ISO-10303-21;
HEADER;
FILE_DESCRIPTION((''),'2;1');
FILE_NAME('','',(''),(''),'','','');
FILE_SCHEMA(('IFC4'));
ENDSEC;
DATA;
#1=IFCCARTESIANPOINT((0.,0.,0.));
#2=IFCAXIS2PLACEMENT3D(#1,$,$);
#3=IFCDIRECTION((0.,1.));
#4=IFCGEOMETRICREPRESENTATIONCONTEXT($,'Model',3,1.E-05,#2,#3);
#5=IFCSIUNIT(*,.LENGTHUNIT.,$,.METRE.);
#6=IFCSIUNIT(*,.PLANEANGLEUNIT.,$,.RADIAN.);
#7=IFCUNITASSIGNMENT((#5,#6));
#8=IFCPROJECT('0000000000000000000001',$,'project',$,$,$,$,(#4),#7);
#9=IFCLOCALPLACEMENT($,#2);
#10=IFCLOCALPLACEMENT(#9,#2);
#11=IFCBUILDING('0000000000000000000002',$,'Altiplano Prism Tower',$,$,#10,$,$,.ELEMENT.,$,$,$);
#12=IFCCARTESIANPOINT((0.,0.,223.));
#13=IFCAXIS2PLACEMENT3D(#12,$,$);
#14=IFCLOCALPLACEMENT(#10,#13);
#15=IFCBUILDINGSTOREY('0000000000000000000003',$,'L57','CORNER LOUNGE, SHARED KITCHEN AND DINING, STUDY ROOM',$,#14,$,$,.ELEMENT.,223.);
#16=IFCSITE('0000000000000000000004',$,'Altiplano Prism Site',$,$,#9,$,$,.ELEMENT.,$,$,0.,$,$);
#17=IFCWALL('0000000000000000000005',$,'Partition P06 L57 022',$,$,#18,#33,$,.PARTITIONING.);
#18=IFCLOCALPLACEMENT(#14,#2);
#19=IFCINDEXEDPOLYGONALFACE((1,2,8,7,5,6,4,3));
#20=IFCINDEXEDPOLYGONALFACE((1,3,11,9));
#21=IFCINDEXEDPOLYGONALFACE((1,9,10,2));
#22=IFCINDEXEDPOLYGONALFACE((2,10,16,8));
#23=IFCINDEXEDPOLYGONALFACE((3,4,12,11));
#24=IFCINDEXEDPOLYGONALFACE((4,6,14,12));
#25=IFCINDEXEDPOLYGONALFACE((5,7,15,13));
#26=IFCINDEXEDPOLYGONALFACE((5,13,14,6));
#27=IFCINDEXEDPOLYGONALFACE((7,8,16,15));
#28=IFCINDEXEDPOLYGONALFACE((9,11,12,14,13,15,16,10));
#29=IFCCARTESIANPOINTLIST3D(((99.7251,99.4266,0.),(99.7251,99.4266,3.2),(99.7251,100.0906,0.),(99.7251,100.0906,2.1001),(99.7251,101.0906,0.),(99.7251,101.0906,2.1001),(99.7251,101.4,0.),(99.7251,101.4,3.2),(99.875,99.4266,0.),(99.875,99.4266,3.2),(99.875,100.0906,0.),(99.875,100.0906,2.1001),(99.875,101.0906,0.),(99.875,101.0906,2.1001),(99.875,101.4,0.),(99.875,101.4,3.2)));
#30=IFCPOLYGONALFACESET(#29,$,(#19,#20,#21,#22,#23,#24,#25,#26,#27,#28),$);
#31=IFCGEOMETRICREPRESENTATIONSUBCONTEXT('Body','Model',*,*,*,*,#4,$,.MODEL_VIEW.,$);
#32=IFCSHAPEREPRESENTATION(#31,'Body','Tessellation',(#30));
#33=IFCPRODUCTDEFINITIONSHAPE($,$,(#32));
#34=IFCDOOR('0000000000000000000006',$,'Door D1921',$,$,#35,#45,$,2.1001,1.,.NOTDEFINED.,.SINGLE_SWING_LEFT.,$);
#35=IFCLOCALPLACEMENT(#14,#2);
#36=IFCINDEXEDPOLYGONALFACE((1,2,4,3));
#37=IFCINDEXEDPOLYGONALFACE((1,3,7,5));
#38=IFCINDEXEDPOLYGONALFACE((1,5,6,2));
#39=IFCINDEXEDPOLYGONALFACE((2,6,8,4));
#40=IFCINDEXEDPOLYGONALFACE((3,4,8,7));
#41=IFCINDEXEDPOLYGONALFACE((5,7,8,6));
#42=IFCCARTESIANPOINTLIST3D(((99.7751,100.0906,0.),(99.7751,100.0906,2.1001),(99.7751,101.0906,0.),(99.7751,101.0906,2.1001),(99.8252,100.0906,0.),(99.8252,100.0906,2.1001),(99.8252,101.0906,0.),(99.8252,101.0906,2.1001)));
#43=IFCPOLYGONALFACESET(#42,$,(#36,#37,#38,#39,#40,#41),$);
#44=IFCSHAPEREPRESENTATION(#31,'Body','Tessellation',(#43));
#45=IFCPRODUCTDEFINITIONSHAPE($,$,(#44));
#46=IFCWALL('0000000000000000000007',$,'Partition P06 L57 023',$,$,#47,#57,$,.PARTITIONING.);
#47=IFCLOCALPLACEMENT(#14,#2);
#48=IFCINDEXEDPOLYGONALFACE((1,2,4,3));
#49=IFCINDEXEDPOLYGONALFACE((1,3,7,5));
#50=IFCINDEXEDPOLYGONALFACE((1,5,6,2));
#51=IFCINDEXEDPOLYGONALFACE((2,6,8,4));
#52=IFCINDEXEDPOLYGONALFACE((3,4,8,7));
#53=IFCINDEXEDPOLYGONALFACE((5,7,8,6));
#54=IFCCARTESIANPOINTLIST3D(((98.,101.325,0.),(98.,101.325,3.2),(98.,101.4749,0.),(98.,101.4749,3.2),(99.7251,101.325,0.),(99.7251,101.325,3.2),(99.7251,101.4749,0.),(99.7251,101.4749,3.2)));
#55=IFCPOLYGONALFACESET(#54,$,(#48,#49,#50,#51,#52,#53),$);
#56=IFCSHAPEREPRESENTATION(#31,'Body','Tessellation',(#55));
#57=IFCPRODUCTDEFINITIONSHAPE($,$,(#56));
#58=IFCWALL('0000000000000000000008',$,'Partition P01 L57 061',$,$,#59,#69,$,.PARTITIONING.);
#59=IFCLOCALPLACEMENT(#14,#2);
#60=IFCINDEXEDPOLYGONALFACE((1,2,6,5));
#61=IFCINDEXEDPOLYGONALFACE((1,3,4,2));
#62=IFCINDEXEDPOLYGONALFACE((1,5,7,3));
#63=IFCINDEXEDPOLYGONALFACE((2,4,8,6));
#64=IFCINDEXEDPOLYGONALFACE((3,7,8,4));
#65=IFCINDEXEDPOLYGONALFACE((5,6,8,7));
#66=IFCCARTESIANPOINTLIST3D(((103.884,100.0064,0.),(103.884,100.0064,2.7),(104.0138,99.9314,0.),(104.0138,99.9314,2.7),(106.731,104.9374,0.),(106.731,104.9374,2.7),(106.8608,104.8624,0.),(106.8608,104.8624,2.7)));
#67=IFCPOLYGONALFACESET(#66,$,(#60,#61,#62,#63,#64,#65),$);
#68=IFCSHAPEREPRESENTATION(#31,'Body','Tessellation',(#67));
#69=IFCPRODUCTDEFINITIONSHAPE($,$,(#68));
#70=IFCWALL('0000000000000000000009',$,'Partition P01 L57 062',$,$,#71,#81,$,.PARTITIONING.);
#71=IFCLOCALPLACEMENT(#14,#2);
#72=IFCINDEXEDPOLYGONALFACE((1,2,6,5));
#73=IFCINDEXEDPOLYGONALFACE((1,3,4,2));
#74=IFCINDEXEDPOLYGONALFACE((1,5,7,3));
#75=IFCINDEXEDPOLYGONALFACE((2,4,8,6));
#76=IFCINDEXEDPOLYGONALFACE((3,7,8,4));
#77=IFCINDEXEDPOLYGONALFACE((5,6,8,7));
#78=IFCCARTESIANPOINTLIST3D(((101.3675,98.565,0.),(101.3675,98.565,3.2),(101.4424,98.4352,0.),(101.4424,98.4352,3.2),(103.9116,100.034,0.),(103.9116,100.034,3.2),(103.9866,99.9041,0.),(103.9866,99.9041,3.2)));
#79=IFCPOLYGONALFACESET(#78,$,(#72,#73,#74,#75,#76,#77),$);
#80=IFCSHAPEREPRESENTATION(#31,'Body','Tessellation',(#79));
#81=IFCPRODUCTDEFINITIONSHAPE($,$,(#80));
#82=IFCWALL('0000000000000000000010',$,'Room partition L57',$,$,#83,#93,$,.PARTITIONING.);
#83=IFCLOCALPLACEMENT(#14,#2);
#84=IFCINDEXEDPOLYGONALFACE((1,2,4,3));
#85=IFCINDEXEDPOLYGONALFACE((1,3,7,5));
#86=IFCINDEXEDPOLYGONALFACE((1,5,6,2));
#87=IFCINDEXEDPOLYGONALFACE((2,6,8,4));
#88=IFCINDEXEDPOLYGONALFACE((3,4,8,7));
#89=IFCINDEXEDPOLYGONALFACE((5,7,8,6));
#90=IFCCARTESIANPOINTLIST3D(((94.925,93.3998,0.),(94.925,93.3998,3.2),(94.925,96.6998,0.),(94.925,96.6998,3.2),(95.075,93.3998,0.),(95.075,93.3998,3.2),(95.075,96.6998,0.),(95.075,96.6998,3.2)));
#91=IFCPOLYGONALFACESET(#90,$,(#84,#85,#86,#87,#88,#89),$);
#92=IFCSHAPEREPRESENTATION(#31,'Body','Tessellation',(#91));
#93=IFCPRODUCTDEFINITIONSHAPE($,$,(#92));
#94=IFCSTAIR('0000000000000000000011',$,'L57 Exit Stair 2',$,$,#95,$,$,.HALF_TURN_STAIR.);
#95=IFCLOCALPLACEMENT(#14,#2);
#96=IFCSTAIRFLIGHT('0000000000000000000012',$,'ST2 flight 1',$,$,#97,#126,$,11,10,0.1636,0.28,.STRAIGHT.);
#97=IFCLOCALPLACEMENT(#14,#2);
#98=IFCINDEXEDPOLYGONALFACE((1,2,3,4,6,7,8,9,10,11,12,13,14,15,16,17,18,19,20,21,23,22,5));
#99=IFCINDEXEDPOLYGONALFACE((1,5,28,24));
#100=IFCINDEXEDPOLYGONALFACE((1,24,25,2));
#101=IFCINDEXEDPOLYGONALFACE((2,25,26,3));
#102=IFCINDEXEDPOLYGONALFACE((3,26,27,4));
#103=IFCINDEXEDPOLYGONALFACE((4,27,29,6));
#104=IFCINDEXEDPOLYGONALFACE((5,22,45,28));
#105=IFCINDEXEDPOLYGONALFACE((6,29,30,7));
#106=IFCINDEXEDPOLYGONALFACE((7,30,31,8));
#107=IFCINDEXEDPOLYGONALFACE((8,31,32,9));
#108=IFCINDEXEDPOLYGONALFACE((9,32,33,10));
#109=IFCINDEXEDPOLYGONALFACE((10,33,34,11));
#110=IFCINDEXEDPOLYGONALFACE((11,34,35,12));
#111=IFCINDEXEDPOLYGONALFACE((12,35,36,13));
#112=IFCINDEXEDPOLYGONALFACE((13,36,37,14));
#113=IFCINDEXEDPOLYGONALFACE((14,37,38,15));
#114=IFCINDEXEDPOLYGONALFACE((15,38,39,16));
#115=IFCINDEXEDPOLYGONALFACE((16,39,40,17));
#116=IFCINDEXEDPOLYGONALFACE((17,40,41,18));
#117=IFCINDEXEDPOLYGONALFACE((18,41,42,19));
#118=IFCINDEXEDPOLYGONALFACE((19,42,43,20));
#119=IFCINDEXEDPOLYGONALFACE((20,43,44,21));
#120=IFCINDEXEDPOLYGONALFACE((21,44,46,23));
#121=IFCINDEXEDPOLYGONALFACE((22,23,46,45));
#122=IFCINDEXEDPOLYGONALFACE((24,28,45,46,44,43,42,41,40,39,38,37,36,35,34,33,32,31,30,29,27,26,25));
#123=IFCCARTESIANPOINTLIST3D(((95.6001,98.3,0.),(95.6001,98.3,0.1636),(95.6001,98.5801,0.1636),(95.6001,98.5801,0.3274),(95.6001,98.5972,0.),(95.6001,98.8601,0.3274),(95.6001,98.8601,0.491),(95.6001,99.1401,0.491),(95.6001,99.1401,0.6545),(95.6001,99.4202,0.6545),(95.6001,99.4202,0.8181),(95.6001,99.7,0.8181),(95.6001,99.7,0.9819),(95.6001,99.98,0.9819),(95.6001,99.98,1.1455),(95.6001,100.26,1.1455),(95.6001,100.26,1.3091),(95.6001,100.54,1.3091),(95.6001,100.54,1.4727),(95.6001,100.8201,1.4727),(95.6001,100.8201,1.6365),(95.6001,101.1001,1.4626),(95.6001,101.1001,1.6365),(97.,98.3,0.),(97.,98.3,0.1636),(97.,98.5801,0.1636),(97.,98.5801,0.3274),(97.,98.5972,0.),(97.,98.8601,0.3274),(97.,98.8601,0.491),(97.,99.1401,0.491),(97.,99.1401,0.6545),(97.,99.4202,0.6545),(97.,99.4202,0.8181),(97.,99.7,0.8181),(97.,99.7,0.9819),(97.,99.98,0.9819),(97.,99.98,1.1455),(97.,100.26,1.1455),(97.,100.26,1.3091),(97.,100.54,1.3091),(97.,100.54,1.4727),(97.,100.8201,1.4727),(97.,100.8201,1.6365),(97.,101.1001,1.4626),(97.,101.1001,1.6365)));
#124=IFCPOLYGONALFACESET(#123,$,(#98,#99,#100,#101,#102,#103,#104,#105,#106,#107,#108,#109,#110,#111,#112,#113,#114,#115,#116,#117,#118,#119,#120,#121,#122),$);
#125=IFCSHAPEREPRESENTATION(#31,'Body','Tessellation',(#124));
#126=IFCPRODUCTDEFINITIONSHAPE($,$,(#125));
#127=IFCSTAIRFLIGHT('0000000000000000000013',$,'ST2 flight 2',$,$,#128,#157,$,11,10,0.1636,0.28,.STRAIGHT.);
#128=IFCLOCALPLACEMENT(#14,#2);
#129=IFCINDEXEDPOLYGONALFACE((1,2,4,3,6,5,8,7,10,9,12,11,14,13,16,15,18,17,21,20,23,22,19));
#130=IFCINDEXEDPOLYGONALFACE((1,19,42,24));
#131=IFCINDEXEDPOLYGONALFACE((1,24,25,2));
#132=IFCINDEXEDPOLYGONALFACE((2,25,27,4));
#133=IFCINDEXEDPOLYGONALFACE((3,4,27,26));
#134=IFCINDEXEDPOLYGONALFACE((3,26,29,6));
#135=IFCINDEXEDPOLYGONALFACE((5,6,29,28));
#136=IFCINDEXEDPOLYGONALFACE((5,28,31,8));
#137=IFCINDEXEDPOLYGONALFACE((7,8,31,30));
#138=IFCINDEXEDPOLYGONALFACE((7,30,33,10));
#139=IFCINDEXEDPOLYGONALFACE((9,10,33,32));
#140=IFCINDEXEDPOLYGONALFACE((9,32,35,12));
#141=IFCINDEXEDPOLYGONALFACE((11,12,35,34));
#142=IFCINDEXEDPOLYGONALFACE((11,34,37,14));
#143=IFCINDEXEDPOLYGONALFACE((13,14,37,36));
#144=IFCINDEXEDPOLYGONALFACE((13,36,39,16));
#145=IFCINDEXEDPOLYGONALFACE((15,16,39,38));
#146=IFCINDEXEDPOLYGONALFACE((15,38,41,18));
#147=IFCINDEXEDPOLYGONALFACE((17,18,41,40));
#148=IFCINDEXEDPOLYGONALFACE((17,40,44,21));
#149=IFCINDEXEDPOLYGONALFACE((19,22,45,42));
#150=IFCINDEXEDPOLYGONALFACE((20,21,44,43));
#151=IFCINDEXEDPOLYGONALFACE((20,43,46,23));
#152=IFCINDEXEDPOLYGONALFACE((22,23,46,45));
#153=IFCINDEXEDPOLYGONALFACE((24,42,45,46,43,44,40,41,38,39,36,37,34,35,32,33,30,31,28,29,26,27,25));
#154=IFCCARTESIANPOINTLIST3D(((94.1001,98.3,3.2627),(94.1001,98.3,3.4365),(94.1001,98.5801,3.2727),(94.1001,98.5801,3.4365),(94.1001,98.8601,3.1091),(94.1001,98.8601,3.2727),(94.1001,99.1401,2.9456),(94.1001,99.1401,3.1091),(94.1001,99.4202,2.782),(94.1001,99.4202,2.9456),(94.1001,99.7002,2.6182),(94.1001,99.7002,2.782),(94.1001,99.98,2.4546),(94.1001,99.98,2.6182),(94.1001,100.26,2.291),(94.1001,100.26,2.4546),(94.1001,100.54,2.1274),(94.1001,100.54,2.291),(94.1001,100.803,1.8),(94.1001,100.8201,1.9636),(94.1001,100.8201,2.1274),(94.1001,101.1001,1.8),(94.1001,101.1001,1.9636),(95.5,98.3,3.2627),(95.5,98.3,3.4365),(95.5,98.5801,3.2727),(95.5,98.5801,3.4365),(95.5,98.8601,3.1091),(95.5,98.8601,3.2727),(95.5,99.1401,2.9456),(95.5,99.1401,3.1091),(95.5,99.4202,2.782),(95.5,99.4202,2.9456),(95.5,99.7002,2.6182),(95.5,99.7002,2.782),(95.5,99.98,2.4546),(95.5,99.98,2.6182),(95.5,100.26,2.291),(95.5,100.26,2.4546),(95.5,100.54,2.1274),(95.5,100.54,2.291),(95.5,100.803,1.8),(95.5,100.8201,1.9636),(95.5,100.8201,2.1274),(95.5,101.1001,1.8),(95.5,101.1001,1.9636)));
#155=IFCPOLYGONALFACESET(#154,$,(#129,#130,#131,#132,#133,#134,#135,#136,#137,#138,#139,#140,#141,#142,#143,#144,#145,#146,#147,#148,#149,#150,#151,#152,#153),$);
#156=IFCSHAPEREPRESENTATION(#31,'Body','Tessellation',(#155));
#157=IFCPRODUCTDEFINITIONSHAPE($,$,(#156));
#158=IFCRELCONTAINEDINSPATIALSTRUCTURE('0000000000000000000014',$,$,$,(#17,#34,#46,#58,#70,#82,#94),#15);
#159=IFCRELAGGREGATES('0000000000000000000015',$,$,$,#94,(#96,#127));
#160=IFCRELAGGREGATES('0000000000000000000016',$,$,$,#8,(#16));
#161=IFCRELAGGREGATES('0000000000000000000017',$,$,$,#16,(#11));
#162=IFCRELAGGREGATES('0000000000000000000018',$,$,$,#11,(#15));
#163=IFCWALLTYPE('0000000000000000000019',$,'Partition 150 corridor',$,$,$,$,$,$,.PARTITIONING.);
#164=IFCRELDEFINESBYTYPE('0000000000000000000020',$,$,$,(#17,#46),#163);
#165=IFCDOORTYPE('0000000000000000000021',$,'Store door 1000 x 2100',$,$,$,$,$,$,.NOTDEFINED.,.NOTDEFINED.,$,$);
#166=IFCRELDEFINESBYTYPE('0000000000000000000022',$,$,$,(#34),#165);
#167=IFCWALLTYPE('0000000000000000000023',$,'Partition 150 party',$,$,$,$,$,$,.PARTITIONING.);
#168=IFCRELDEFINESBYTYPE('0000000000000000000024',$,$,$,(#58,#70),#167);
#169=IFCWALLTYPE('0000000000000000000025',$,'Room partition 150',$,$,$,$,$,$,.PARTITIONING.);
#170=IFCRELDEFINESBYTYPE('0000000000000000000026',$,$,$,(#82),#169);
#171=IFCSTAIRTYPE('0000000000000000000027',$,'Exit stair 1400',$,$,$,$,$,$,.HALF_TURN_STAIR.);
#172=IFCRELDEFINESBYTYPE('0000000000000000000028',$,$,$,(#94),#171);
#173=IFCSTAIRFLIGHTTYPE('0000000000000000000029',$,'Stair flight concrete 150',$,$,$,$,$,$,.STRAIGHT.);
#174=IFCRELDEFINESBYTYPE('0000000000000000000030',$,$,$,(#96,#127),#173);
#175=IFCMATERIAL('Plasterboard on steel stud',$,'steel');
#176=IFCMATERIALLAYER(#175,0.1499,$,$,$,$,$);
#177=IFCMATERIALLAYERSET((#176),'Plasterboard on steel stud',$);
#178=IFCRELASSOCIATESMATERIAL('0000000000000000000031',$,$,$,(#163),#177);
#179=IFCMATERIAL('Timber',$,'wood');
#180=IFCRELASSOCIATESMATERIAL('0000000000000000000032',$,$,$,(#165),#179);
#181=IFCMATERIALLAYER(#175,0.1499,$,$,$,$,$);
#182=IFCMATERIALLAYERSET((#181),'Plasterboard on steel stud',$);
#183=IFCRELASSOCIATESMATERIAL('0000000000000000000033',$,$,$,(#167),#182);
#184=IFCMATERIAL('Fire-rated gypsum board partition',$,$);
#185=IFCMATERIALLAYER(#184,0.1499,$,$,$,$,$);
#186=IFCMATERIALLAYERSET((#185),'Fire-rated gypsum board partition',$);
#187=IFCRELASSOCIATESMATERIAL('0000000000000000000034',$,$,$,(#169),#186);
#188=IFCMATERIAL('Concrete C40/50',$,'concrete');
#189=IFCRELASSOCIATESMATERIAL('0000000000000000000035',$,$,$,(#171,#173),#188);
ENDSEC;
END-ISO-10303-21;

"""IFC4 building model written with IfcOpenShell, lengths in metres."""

from ifc_helpers import new_model, si_unit, direction, frame, frame_2d, origin, place, context, subcontext, project, spatial, polyline, rectangle, outline, extrude, material, layer, layer_set, type_object, element, fill, aggregate, save


model = new_model("IFC4")

# Units and contexts
model_context = context("Model", 3, precision=1e-05, world=origin(), true_north=direction((0.0, 1.0)))
body_context = subcontext(model_context, "Body", "Model", "MODEL_VIEW")
ifc_project = project(units=[si_unit("LENGTHUNIT", "METRE"), si_unit("PLANEANGLEUNIT", "RADIAN")], contexts=[model_context])

# Site, building, storey
site_placement = place(None, origin())
site = spatial("IfcSite", under=ifc_project, at=site_placement, Name="Altiplano Prism Site", CompositionType="ELEMENT", RefElevation=0.0)
building_placement = place(site_placement, origin())
building = spatial("IfcBuilding", under=site, at=building_placement, Name="Altiplano Prism Tower", CompositionType="ELEMENT")
storey_placement = place(building_placement, frame((0.0, 0.0, 223.0)))
storey = spatial("IfcBuildingStorey", under=building, at=storey_placement, Name="L57", Description="CORNER LOUNGE, SHARED KITCHEN AND DINING, STUDY ROOM", CompositionType="ELEMENT", Elevation=223.0)

# Shared definitions
ifc_material_1 = material(Name="Plasterboard on steel stud", Category="steel")
ifc_layer_1 = layer(ifc_material_1, 0.1499)
ifc_layer_set_1 = layer_set([ifc_layer_1], Name="Plasterboard on steel stud")
wall_type_1 = type_object("IfcWallType", Name="Partition 150 corridor", PredefinedType="PARTITIONING", material=ifc_layer_set_1)

# Shared definitions
ifc_material_2 = material(Name="Timber", Category="wood")

# Wall, opening, door
wall_1_placement = place(storey_placement, frame((99.8, 99.4265, 0.0), z_axis=(0.0, 0.0, 1.0), x_axis=(0.0, 1.0, 0.0)))
wall_1 = element("IfcWall", 1, at=wall_1_placement, inside=storey, type_object=wall_type_1, Name="Partition P06 L57 022", PredefinedType="PARTITIONING", context=body_context, shape_type="SweptSolid", body=[
    extrude(rectangle(XDim=1.9734, YDim=0.1499, at=frame_2d((0.9868, 0.0))), origin(), (0.0, 0.0, 1.0), 3.2),
])
opening_1_placement = place(wall_1_placement, frame((0.6641, 0.0, 0.0)))
opening_1 = element("IfcOpeningElement", 2, at=opening_1_placement, cuts=wall_1, PredefinedType="OPENING", context=body_context, shape_type="SweptSolid", body=[
    extrude(rectangle(XDim=1.0, YDim=2.1001, at=frame_2d((0.5, 1.05))), frame((0.0, 0.0854, 0.0), z_axis=(0.0, -1.0, 0.0), x_axis=(1.0, 0.0, 0.0)), (0.0, 0.0, 1.0), 0.1709),
])
door_type_1 = type_object("IfcDoorType", Name="Store door 1000 x 2100", OperationType="NOTDEFINED", PredefinedType="NOTDEFINED", material=ifc_material_2)
door_1_placement = place(opening_1_placement, origin())
door_1 = element("IfcDoor", 3, at=door_1_placement, inside=storey, type_object=door_type_1, Name="Door D1921", OperationType="SINGLE_SWING_LEFT", OverallHeight=2.1001, OverallWidth=1.0, PredefinedType="NOTDEFINED", context=body_context, shape_type="SweptSolid", body=[
    extrude(rectangle(XDim=1.0, YDim=2.1001, at=frame_2d((0.5, 1.05))), frame((0.0, 0.0249, 0.0), z_axis=(0.0, -1.0, 0.0), x_axis=(1.0, 0.0, 0.0)), (0.0, 0.0, 1.0), 0.05),
])
fill(opening_1, door_1)

# Walls
wall_2_placement = place(storey_placement, frame((99.7251, 101.3999, 0.0), z_axis=(0.0, 0.0, 1.0), x_axis=(-1.0, 0.0, 0.0)))
element("IfcWall", 4, at=wall_2_placement, inside=storey, type_object=wall_type_1, Name="Partition P06 L57 023", PredefinedType="PARTITIONING", context=body_context, shape_type="SweptSolid", body=[
    extrude(rectangle(XDim=1.7251, YDim=0.1499, at=frame_2d((0.8625, 0.0))), origin(), (0.0, 0.0, 1.0), 3.2),
])
ifc_layer_2 = layer(ifc_material_1, 0.1499)
ifc_layer_set_2 = layer_set([ifc_layer_2], Name="Plasterboard on steel stud")
wall_type_2 = type_object("IfcWallType", Name="Partition 150 party", PredefinedType="PARTITIONING", material=ifc_layer_set_2)
wall_3_placement = place(storey_placement, frame((106.7959, 104.8999, 0.0), z_axis=(0.0, 0.0, 1.0), x_axis=(-0.500008, -0.866021, 0.0)))
element("IfcWall", 5, at=wall_3_placement, inside=storey, type_object=wall_type_2, Name="Partition P01 L57 061", PredefinedType="PARTITIONING", context=body_context, shape_type="SweptSolid", body=[
    extrude(rectangle(XDim=5.6938, YDim=0.1499, at=frame_2d((2.8469, 0.0))), origin(), (0.0, 0.0, 1.0), 2.7),
])
wall_4_placement = place(storey_placement, frame((103.949, 99.969, 0.0), z_axis=(0.0, 0.0, 1.0), x_axis=(-0.86601, -0.500027, 0.0)))
element("IfcWall", 6, at=wall_4_placement, inside=storey, type_object=wall_type_2, Name="Partition P01 L57 062", PredefinedType="PARTITIONING", context=body_context, shape_type="SweptSolid", body=[
    extrude(rectangle(XDim=2.9377, YDim=0.1499, at=frame_2d((1.4688, 0.0))), origin(), (0.0, 0.0, 1.0), 3.2),
])
ifc_material_3 = material(Name="Fire-rated gypsum board partition")
ifc_layer_3 = layer(ifc_material_3, 0.1499)
ifc_layer_set_3 = layer_set([ifc_layer_3], Name="Fire-rated gypsum board partition")
wall_type_3 = type_object("IfcWallType", Name="Room partition 150", PredefinedType="PARTITIONING", material=ifc_layer_set_3)
wall_5_placement = place(storey_placement, frame((95.0, 93.3999, 0.0), z_axis=(0.0, 0.0, 1.0), x_axis=(0.0, 1.0, 0.0)))
element("IfcWall", 7, at=wall_5_placement, inside=storey, type_object=wall_type_3, Name="Room partition L57", PredefinedType="PARTITIONING", context=body_context, shape_type="SweptSolid", body=[
    extrude(rectangle(XDim=3.3, YDim=0.1499, at=frame_2d((1.6499, 0.0))), origin(), (0.0, 0.0, 1.0), 3.2),
])

# Stair, stair flights
ifc_material_4 = material(Name="Concrete C40/50", Category="concrete")
stair_type = type_object("IfcStairType", Name="Exit stair 1400", PredefinedType="HALF_TURN_STAIR", material=ifc_material_4)
stair_placement = place(storey_placement, origin())
stair = element("IfcStair", 8, at=stair_placement, inside=storey, type_object=stair_type, Name="L57 Exit Stair 2", PredefinedType="HALF_TURN_STAIR")
stair_flight_type = type_object("IfcStairFlightType", Name="Stair flight concrete 150", PredefinedType="STRAIGHT", material=ifc_material_4)
stair_flight_1_placement = place(storey_placement, frame((96.3, 98.3, 0.0), z_axis=(0.0, 0.0, 1.0), x_axis=(0.0, 1.0, 0.0)))
stair_flight_1 = element("IfcStairFlight", 9, at=stair_flight_1_placement, type_object=stair_flight_type, Name="ST2 flight 1", NumberOfRisers=11, NumberOfTreads=10, PredefinedType="STRAIGHT", RiserHeight=0.1636, TreadLength=0.28, context=body_context, shape_type="SweptSolid", body=[
    extrude(outline(polyline([(0.0, 0.0), (0.0, 0.1636), (0.28, 0.1636), (0.28, 0.3274), (0.5601, 0.3274), (0.5601, 0.491), (0.8401, 0.491), (0.8401, 0.6545), (1.1201, 0.6545), (1.1201, 0.8181), (1.3999, 0.8181), (1.3999, 0.9819), (1.6799, 0.9819), (1.6799, 1.1455), (1.96, 1.1455), (1.96, 1.3091), (2.24, 1.3091), (2.24, 1.4727), (2.52, 1.4727), (2.52, 1.6365), (2.8, 1.6365), (2.8, 1.8), (2.8, 1.4626), (0.2971, 0.0), (0.0, 0.0)])), frame((0.0, 0.7, 0.0), z_axis=(0.0, -1.0, 0.0), x_axis=(1.0, 0.0, 0.0)), (0.0, 0.0, 1.0), 1.3999),
])
stair_flight_2_placement = place(storey_placement, frame((94.8, 101.1001, 1.8), z_axis=(0.0, 0.0, 1.0), x_axis=(0.0, -1.0, 0.0)))
stair_flight_2 = element("IfcStairFlight", 10, at=stair_flight_2_placement, type_object=stair_flight_type, Name="ST2 flight 2", NumberOfRisers=11, NumberOfTreads=10, PredefinedType="STRAIGHT", RiserHeight=0.1636, TreadLength=0.28, context=body_context, shape_type="SweptSolid", body=[
    extrude(outline(polyline([(0.0, 0.0), (0.0, 0.1636), (0.28, 0.1636), (0.28, 0.3274), (0.5601, 0.3274), (0.5601, 0.491), (0.8401, 0.491), (0.8401, 0.6545), (1.1201, 0.6545), (1.1201, 0.8181), (1.3999, 0.8181), (1.3999, 0.9819), (1.6799, 0.9819), (1.6799, 1.1455), (1.96, 1.1455), (1.96, 1.3091), (2.24, 1.3091), (2.24, 1.4727), (2.52, 1.4727), (2.52, 1.6365), (2.8, 1.6365), (2.8, 1.8), (2.8, 1.4626), (0.2971, 0.0), (0.0, 0.0)])), frame((0.0, 0.7, 0.0), z_axis=(0.0, -1.0, 0.0), x_axis=(1.0, 0.0, 0.0)), (0.0, 0.0, 1.0), 1.3999),
])
aggregate(stair, [stair_flight_1, stair_flight_2])

save(model, "model.ifc")
